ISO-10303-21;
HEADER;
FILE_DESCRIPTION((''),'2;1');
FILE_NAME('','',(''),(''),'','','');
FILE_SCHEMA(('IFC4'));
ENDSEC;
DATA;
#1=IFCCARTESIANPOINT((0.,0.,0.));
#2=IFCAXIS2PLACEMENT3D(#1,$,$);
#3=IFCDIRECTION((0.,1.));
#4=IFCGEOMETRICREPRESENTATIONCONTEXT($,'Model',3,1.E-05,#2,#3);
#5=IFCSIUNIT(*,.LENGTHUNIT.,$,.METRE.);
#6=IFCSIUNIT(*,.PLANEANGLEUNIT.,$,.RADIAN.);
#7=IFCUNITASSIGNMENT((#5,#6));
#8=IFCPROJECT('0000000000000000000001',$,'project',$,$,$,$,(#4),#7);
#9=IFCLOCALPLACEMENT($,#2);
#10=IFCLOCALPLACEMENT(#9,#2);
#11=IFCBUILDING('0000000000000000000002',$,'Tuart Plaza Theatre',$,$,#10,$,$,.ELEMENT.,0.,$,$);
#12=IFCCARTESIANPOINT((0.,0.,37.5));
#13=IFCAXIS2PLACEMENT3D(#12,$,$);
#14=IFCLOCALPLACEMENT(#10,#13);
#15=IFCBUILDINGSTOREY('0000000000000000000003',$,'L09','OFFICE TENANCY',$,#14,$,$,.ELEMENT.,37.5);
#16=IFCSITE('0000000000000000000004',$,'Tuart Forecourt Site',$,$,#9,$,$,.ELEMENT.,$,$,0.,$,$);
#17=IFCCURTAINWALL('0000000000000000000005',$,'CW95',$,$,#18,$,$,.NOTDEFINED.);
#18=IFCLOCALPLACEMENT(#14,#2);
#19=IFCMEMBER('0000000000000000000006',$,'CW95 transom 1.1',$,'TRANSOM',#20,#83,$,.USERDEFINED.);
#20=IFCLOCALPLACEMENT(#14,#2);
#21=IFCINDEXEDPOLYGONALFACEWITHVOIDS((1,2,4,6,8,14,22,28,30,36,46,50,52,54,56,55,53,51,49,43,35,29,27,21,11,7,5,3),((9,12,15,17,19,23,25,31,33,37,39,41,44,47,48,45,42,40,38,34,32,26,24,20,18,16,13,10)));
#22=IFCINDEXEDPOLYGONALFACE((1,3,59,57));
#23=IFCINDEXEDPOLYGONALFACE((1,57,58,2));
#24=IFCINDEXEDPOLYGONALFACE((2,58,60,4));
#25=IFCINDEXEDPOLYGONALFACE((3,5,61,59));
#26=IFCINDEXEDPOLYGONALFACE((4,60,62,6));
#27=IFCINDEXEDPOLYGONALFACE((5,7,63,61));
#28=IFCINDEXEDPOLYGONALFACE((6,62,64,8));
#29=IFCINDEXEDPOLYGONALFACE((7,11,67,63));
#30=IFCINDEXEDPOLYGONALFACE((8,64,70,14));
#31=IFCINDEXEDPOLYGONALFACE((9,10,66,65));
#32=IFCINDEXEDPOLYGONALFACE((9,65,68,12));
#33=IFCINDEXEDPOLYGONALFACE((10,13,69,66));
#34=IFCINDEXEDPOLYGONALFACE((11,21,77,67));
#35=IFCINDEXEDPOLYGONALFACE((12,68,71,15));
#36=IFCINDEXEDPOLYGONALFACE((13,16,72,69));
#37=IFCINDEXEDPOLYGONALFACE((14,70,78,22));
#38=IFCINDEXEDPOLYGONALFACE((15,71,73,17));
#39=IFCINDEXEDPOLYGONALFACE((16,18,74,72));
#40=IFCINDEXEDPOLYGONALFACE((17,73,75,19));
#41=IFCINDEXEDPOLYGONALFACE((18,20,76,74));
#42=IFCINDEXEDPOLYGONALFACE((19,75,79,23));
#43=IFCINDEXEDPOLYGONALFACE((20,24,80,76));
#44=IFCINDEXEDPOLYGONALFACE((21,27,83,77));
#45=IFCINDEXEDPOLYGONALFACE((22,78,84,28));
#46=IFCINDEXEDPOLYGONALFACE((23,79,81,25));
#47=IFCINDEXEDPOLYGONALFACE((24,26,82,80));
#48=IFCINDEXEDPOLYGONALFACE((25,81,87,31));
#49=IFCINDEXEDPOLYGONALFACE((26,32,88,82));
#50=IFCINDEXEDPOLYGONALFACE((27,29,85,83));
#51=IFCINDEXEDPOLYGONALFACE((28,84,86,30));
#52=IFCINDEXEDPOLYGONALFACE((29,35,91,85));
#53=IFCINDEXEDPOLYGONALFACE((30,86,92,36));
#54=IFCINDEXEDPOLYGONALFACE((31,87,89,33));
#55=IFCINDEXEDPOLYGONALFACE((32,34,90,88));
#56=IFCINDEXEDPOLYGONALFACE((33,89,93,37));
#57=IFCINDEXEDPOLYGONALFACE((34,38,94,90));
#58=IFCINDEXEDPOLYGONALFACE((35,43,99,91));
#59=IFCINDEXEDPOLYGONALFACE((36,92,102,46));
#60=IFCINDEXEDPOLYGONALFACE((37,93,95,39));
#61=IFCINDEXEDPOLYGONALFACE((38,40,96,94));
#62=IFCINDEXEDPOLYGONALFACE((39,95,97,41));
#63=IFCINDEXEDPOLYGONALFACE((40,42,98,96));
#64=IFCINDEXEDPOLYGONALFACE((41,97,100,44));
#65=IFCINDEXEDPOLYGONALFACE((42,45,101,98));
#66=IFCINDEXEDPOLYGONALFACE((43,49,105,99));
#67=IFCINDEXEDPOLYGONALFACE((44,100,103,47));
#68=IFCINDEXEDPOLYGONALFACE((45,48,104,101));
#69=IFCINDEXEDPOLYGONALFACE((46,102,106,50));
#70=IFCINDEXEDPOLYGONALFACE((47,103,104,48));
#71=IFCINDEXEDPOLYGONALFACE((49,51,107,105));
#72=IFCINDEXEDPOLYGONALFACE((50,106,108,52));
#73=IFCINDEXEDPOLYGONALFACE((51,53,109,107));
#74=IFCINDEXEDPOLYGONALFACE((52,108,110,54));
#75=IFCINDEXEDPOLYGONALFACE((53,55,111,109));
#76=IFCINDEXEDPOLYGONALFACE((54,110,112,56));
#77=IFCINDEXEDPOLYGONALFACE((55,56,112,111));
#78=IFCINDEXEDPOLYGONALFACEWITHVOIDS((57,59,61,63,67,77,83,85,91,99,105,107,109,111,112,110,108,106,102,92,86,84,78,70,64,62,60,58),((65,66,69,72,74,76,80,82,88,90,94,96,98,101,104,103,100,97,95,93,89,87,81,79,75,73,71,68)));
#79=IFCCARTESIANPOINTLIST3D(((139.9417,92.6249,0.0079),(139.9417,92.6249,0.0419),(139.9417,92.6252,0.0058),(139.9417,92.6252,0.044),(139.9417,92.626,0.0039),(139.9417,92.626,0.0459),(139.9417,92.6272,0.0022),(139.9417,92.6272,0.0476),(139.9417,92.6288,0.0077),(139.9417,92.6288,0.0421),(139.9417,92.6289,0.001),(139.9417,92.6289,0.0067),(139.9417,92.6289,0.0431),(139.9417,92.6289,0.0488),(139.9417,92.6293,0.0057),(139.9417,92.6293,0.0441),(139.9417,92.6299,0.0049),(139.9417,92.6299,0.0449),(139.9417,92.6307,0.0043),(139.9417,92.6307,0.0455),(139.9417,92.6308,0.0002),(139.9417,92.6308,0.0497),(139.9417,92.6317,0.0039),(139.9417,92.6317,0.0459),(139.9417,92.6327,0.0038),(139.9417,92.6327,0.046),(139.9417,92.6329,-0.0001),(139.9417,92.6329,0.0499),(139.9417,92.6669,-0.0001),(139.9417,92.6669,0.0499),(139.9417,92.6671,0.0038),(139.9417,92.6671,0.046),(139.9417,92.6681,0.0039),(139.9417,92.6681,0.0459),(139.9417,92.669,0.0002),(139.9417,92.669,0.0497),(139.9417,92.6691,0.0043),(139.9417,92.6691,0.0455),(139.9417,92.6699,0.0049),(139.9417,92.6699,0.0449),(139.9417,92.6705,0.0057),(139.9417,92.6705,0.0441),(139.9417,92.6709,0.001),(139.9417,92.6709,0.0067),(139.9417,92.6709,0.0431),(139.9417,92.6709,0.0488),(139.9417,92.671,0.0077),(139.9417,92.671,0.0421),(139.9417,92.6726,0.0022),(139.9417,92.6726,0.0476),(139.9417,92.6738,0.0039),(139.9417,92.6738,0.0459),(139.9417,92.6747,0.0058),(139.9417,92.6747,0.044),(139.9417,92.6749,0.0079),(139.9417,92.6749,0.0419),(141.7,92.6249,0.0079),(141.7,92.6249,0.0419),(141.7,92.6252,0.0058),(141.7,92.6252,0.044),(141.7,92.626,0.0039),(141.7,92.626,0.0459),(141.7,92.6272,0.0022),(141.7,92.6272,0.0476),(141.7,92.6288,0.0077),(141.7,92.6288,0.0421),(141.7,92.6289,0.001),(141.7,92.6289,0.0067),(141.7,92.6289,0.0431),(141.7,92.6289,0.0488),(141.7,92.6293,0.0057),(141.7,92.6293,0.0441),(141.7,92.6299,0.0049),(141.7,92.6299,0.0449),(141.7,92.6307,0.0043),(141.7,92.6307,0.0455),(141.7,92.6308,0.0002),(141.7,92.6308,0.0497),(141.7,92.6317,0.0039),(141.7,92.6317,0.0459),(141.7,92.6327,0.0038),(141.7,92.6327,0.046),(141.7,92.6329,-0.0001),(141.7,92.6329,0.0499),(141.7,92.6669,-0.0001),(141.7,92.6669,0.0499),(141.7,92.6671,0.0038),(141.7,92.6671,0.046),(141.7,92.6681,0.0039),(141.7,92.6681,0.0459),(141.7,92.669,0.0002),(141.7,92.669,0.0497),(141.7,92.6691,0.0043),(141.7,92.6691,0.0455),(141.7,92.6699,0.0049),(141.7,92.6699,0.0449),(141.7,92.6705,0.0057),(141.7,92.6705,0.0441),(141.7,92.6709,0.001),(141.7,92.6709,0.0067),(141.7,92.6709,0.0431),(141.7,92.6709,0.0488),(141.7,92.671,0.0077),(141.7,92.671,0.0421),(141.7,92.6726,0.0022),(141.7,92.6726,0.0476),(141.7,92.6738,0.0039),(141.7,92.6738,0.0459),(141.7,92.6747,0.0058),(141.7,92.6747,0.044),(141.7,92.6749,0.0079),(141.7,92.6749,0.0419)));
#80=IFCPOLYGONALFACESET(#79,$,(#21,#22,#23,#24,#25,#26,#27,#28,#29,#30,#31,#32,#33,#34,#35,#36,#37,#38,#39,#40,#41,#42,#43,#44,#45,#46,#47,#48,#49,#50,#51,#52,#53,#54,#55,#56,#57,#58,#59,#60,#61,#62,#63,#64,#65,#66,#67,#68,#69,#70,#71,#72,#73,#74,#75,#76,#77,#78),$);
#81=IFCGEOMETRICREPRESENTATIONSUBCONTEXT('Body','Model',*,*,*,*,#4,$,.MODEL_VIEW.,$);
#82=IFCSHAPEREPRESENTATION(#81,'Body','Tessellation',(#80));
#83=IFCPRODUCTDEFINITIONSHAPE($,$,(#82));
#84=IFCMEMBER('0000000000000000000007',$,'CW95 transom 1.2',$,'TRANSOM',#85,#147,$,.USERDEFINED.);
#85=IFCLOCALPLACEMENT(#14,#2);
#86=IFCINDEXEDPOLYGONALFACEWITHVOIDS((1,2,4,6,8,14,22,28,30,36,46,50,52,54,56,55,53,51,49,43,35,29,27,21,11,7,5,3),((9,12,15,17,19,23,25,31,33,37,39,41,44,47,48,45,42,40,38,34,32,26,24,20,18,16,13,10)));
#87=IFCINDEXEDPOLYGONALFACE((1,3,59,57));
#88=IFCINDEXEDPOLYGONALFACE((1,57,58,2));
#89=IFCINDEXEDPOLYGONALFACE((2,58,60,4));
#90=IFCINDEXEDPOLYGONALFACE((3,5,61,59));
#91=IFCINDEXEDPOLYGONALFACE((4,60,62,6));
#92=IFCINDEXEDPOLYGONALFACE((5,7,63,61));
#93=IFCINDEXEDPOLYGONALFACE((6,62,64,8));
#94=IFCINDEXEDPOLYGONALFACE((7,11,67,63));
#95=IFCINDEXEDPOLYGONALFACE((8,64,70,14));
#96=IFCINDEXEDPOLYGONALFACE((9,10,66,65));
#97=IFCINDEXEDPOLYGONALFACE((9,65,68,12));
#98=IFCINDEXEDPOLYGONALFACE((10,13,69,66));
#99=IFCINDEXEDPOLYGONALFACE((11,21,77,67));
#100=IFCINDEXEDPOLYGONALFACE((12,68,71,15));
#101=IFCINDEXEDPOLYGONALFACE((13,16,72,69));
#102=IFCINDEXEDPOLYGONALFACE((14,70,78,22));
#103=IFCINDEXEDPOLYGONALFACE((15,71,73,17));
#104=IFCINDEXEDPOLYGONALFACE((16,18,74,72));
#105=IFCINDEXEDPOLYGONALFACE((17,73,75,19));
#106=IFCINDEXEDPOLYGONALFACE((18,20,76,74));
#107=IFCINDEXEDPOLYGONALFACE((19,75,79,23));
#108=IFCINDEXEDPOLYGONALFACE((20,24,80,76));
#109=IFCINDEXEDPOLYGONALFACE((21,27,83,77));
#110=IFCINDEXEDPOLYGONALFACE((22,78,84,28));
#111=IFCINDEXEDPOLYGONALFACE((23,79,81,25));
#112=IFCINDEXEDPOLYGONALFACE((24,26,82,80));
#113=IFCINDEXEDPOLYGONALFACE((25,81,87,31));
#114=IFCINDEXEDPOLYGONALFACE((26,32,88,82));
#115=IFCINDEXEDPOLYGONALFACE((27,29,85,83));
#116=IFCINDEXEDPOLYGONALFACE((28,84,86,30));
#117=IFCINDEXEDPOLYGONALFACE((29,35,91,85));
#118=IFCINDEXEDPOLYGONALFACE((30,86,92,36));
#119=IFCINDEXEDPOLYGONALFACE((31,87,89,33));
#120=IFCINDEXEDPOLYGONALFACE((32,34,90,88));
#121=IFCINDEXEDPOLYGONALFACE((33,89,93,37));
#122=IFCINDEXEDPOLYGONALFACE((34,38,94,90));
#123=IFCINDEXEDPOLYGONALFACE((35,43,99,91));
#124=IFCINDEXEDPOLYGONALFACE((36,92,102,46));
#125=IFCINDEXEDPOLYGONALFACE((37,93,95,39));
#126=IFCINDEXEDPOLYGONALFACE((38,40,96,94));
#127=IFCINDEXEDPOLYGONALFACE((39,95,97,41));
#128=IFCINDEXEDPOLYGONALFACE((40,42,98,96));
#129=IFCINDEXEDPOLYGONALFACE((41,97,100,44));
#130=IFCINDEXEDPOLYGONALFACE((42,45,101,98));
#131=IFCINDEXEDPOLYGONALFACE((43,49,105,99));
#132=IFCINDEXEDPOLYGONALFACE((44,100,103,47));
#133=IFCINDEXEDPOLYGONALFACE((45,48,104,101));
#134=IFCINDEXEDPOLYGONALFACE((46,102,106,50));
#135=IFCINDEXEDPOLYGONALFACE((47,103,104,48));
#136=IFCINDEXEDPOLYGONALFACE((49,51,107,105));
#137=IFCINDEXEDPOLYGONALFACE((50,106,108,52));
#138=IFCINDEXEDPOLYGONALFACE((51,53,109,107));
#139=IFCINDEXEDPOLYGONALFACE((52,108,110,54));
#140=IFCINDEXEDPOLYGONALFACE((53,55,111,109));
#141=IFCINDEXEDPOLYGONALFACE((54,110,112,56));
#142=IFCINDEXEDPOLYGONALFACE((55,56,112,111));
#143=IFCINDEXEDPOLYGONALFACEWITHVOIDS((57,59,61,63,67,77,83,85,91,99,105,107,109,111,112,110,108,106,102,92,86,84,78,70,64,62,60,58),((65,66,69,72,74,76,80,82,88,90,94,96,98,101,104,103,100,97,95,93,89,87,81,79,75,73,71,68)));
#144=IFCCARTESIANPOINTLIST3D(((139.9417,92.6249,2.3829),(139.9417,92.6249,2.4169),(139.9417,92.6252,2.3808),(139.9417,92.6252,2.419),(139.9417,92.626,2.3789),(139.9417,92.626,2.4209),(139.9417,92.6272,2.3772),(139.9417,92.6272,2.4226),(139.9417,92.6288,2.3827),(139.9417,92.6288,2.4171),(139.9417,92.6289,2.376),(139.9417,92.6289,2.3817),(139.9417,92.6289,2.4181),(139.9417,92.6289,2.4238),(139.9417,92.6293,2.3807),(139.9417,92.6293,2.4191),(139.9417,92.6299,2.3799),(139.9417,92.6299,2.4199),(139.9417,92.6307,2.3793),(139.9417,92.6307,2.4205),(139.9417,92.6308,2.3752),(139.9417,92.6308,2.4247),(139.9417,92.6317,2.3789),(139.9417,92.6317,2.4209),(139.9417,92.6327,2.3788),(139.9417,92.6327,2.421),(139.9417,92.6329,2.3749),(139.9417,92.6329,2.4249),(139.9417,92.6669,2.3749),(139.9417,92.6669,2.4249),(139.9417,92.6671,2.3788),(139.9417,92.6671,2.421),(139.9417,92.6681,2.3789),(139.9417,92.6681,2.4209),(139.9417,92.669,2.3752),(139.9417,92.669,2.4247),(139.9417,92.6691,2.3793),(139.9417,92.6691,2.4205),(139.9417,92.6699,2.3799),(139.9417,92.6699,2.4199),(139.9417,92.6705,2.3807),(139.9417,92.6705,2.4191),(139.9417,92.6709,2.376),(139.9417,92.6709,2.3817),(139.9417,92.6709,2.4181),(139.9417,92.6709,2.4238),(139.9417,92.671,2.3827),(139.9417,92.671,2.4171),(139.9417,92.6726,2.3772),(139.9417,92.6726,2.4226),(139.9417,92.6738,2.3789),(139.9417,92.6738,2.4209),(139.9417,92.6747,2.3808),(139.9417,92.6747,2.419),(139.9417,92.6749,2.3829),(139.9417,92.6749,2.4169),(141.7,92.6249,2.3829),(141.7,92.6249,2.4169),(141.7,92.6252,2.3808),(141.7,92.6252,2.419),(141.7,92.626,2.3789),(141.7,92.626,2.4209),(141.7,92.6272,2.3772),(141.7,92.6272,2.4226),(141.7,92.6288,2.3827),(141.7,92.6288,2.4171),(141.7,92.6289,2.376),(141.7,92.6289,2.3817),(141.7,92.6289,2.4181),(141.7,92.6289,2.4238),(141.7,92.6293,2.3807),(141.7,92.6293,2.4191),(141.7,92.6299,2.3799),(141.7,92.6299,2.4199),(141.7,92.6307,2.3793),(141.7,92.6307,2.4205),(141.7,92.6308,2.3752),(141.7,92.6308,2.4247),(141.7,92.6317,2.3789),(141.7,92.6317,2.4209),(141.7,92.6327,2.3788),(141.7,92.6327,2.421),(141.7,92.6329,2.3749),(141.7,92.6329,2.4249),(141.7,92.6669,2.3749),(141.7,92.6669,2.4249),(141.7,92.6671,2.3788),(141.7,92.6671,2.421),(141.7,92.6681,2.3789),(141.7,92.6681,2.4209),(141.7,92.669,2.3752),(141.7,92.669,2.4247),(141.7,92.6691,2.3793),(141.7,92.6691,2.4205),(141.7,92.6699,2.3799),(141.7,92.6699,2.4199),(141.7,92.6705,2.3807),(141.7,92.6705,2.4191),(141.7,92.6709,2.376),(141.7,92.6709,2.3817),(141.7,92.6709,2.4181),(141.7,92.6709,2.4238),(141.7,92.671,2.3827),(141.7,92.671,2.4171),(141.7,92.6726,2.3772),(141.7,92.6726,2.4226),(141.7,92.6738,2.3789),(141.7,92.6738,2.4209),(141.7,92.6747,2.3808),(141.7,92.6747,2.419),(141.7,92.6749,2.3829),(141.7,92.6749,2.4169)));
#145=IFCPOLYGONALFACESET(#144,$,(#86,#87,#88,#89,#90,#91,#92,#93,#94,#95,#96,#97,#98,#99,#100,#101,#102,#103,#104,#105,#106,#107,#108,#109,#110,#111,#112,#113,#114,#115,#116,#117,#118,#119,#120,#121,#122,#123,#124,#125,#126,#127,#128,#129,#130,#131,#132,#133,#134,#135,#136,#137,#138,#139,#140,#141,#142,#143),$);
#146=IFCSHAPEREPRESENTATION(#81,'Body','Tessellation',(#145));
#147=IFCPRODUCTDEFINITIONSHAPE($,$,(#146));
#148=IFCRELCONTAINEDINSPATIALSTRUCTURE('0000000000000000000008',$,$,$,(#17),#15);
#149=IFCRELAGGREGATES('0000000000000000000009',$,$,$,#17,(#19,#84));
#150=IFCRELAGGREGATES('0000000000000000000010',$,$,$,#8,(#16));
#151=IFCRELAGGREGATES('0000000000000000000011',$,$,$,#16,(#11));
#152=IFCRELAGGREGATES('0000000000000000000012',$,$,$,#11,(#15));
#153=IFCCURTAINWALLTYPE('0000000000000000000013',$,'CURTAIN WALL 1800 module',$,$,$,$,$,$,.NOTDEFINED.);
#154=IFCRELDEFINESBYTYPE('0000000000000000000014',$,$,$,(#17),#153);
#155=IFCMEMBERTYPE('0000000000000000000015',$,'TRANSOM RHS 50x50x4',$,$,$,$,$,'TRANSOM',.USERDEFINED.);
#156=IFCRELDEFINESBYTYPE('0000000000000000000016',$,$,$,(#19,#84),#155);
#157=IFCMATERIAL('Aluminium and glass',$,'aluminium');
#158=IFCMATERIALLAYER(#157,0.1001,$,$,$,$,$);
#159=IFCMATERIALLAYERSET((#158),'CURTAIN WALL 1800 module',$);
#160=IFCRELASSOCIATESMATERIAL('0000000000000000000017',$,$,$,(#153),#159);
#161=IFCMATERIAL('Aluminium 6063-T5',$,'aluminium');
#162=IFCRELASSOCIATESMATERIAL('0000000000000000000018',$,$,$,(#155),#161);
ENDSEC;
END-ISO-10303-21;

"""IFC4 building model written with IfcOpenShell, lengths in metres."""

from ifc_helpers import new_model, si_unit, direction, frame, origin, origin_2d, place, context, subcontext, project, spatial, hollow_rectangle, extrude, material, layer, layer_set, material_profile, profile_set, type_object, element, aggregate, save


model = new_model("IFC4")

# Units and contexts
model_context = context("Model", 3, precision=1e-05, world=origin(), true_north=direction((0.0, 1.0)))
body_context = subcontext(model_context, "Body", "Model", "MODEL_VIEW")
ifc_project = project(units=[si_unit("LENGTHUNIT", "METRE"), si_unit("PLANEANGLEUNIT", "RADIAN")], contexts=[model_context])

# Site, building, storey
site_placement = place(None, origin())
site = spatial("IfcSite", under=ifc_project, at=site_placement, Name="Tuart Forecourt Site", CompositionType="ELEMENT", RefElevation=0.0)
building_placement = place(site_placement, origin())
building = spatial("IfcBuilding", under=site, at=building_placement, Name="Tuart Plaza Theatre", CompositionType="ELEMENT", ElevationOfRefHeight=0.0)
storey_placement = place(building_placement, frame((0.0, 0.0, 37.5)))
storey = spatial("IfcBuildingStorey", under=building, at=storey_placement, Name="L09", Description="OFFICE TENANCY", CompositionType="ELEMENT", Elevation=37.5)

# Curtain wall
ifc_material_1 = material(Name="Aluminium and glass", Category="aluminium")
ifc_layer_1 = layer(ifc_material_1, 0.1001)
ifc_layer_set_1 = layer_set([ifc_layer_1], Name="CURTAIN WALL 1800 module")
curtain_wall_type_1 = type_object("IfcCurtainWallType", Name="CURTAIN WALL 1800 module", PredefinedType="NOTDEFINED", material=ifc_layer_set_1)
curtain_wall_1_placement = place(storey_placement, origin())
curtain_wall_1 = element("IfcCurtainWall", 1, at=curtain_wall_1_placement, inside=storey, type_object=curtain_wall_type_1, Name="CW95", PredefinedType="NOTDEFINED")

# Members
ifc_material_2 = material(Name="Aluminium 6063-T5", Category="aluminium")
ifc_material_profile_1 = material_profile(ifc_material_2, hollow_rectangle(XDim=0.05, YDim=0.05, WallThickness=0.0039, InnerFilletRadius=0.0039, OuterFilletRadius=0.0081, at=origin_2d()), Name="RHS 50x50x4")
ifc_profile_set_1 = profile_set([ifc_material_profile_1], Name="Aluminium 6063-T5")
member_type_1 = type_object("IfcMemberType", Name="TRANSOM RHS 50x50x4", ElementType="TRANSOM", PredefinedType="USERDEFINED", material=ifc_profile_set_1)
member_1_placement = place(storey_placement, frame((141.7, 92.6499, 0.0249), z_axis=(-1.0, 0.0, 0.0), x_axis=(0.0, -1.0, 0.0)))
member_1 = element("IfcMember", 2, at=member_1_placement, type_object=member_type_1, Name="CW95 transom 1.1", ObjectType="TRANSOM", PredefinedType="USERDEFINED", context=body_context, shape_type="SweptSolid", body=[
    extrude(hollow_rectangle(XDim=0.05, YDim=0.05, WallThickness=0.0039, InnerFilletRadius=0.0039, OuterFilletRadius=0.0081, at=origin_2d()), origin(), (0.0, 0.0, 1.0), 1.7583),
])
member_2_placement = place(storey_placement, frame((141.7, 92.6499, 2.3999), z_axis=(-1.0, 0.0, 0.0), x_axis=(0.0, -1.0, 0.0)))
member_2 = element("IfcMember", 3, at=member_2_placement, type_object=member_type_1, Name="CW95 transom 1.2", ObjectType="TRANSOM", PredefinedType="USERDEFINED", context=body_context, shape_type="SweptSolid", body=[
    extrude(hollow_rectangle(XDim=0.05, YDim=0.05, WallThickness=0.0039, InnerFilletRadius=0.0039, OuterFilletRadius=0.0081, at=origin_2d()), origin(), (0.0, 0.0, 1.0), 1.7583),
])
aggregate(curtain_wall_1, [member_1, member_2])

save(model, "model.ifc")
